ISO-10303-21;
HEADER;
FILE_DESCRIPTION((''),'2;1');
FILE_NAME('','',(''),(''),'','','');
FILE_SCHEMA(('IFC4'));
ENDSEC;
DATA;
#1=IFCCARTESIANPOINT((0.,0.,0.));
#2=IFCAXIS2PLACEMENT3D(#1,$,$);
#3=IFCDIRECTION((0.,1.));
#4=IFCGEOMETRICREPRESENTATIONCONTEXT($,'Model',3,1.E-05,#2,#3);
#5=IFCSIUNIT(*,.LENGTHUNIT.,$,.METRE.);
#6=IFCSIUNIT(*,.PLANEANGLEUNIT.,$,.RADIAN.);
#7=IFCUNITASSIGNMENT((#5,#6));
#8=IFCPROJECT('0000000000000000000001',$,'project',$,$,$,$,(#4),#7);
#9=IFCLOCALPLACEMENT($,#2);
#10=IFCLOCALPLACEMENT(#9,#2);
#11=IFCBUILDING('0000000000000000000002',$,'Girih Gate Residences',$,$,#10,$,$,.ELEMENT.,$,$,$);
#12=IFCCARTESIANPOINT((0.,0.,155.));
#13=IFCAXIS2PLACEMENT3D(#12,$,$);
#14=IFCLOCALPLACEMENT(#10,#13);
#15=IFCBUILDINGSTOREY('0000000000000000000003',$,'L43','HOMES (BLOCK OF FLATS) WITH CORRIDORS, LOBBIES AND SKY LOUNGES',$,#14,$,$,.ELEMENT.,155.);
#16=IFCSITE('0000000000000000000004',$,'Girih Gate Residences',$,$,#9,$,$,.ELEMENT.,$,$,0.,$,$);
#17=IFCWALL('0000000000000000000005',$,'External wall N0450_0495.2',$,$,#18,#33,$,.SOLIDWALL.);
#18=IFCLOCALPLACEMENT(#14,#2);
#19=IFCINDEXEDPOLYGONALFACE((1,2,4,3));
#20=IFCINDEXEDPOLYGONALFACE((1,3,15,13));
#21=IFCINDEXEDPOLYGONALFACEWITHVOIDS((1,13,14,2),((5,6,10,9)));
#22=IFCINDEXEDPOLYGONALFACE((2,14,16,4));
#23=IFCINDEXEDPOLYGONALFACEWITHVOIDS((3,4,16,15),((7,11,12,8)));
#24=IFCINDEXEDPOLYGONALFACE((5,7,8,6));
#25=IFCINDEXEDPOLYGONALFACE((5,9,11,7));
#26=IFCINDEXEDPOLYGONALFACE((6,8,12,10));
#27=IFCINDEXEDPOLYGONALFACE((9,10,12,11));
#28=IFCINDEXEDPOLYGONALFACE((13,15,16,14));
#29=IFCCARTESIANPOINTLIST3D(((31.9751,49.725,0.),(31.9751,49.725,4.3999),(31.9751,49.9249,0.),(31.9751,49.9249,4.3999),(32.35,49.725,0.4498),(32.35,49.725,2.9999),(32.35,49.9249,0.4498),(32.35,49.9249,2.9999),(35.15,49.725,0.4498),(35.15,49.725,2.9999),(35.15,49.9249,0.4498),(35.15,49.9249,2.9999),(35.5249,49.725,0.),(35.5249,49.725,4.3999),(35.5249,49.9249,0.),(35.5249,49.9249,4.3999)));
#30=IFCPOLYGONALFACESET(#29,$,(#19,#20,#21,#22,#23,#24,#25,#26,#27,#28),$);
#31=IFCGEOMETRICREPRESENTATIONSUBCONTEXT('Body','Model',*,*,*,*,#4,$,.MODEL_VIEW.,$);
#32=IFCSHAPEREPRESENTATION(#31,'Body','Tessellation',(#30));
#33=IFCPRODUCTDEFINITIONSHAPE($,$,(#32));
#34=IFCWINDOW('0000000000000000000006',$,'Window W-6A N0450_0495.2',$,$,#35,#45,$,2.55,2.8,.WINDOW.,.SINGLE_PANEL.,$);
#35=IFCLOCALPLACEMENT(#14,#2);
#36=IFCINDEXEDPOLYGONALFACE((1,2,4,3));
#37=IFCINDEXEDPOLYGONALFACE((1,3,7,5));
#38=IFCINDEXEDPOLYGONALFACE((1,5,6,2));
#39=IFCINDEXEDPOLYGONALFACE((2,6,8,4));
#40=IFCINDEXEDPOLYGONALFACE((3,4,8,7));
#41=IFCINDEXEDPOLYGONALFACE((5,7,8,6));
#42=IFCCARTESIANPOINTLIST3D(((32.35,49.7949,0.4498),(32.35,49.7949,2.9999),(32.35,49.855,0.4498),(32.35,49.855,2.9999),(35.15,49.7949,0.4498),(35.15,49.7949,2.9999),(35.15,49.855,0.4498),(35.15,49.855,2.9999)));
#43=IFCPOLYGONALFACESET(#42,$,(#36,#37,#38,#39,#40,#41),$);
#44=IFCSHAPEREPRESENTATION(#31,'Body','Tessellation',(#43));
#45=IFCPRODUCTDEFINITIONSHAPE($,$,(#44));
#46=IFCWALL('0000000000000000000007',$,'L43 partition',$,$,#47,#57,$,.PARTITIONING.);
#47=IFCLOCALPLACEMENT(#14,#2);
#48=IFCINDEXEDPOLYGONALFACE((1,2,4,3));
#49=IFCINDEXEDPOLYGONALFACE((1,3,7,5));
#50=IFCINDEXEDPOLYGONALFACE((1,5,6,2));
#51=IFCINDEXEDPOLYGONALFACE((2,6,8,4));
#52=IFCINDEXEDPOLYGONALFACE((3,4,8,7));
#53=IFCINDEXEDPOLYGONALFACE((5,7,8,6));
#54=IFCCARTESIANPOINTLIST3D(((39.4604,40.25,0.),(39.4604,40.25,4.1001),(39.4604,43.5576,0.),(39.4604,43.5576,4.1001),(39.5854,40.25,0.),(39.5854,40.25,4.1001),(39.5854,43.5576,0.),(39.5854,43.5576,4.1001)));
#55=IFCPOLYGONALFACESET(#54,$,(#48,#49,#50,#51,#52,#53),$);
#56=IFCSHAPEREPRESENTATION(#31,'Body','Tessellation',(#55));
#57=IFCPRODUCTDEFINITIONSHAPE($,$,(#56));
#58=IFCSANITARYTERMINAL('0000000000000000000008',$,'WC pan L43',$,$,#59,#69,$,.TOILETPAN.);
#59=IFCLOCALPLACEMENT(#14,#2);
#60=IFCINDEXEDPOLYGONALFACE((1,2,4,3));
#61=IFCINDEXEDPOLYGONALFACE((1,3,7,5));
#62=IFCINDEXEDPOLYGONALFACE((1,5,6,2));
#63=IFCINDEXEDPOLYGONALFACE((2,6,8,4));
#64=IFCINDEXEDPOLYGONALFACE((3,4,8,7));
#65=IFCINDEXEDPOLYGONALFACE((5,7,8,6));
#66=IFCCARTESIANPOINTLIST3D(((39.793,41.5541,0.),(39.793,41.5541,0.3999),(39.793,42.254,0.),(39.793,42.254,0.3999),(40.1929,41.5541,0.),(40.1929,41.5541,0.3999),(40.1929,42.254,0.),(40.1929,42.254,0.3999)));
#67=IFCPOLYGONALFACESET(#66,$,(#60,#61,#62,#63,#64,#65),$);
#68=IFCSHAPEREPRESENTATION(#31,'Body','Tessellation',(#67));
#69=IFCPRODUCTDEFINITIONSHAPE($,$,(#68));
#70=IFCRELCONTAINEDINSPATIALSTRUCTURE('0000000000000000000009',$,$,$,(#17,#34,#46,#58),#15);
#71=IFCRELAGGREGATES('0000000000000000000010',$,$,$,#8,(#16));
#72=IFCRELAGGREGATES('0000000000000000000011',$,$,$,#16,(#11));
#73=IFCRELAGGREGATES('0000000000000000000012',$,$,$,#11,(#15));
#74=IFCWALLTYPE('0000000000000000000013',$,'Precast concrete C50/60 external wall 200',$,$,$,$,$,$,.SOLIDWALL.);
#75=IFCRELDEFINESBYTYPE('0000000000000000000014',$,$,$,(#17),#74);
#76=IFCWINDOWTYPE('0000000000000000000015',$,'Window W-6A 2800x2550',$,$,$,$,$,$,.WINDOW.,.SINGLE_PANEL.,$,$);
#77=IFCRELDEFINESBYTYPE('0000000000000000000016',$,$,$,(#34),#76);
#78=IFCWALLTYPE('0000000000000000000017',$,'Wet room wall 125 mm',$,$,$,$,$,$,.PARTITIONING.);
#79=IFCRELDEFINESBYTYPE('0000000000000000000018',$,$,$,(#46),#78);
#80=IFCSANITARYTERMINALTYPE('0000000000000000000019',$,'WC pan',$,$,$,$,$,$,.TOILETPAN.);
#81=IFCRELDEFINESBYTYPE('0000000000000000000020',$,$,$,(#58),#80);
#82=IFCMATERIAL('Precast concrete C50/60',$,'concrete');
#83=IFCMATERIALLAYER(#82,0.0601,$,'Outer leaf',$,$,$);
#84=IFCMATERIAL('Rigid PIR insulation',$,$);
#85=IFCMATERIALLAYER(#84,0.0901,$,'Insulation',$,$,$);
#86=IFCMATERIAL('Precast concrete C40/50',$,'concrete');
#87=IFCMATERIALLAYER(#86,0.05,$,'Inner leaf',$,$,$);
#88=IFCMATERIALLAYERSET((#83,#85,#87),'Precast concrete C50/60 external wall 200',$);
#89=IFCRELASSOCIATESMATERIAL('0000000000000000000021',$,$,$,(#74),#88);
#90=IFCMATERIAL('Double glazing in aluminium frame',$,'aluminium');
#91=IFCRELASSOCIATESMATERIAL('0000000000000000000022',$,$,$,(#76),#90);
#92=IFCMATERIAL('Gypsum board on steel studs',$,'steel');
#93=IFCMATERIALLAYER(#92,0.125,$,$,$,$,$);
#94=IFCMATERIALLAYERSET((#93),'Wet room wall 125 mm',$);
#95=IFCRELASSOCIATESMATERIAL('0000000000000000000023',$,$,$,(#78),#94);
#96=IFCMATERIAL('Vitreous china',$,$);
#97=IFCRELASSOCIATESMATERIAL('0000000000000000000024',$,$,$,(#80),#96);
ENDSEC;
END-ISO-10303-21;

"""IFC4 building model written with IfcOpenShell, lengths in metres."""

from ifc_helpers import new_model, si_unit, direction, frame, frame_2d, origin, origin_2d, place, context, subcontext, project, spatial, rectangle, extrude, material, layer, layer_set, type_object, element, fill, save


model = new_model("IFC4")

# Units and contexts
model_context = context("Model", 3, precision=1e-05, world=origin(), true_north=direction((0.0, 1.0)))
body_context = subcontext(model_context, "Body", "Model", "MODEL_VIEW")
ifc_project = project(units=[si_unit("LENGTHUNIT", "METRE"), si_unit("PLANEANGLEUNIT", "RADIAN")], contexts=[model_context])

# Site, building, storey
site_placement = place(None, origin())
site = spatial("IfcSite", under=ifc_project, at=site_placement, Name="Girih Gate Residences", CompositionType="ELEMENT", RefElevation=0.0)
building_placement = place(site_placement, origin())
building = spatial("IfcBuilding", under=site, at=building_placement, Name="Girih Gate Residences", CompositionType="ELEMENT")
storey_placement = place(building_placement, frame((0.0, 0.0, 155.0)))
storey = spatial("IfcBuildingStorey", under=building, at=storey_placement, Name="L43", Description="HOMES (BLOCK OF FLATS) WITH CORRIDORS, LOBBIES AND SKY LOUNGES", CompositionType="ELEMENT", Elevation=155.0)

# Shared definitions
ifc_material_1 = material(Name="Gypsum board on steel studs", Category="steel")

# Wall, opening, window
ifc_material_2 = material(Name="Precast concrete C50/60", Category="concrete")
ifc_layer_1 = layer(ifc_material_2, 0.0601, Name="Outer leaf")
ifc_material_3 = material(Name="Rigid PIR insulation")
ifc_layer_2 = layer(ifc_material_3, 0.0901, Name="Insulation")
ifc_material_4 = material(Name="Precast concrete C40/50", Category="concrete")
ifc_layer_3 = layer(ifc_material_4, 0.05, Name="Inner leaf")
ifc_layer_set_1 = layer_set([ifc_layer_1, ifc_layer_2, ifc_layer_3], Name="Precast concrete C50/60 external wall 200")
wall_type_1 = type_object("IfcWallType", Name="Precast concrete C50/60 external wall 200", PredefinedType="SOLIDWALL", material=ifc_layer_set_1)
ifc_material_5 = material(Name="Double glazing in aluminium frame", Category="aluminium")
window_type = type_object("IfcWindowType", Name="Window W-6A 2800x2550", PartitioningType="SINGLE_PANEL", PredefinedType="WINDOW", material=ifc_material_5)
wall_1_placement = place(storey_placement, frame((31.9751, 49.825, 0.0), z_axis=(0.0, 0.0, 1.0), x_axis=(1.0, 0.0, 0.0)))
wall_1 = element("IfcWall", 1, at=wall_1_placement, inside=storey, type_object=wall_type_1, Name="External wall N0450_0495.2", PredefinedType="SOLIDWALL", context=body_context, shape_type="SweptSolid", body=[
    extrude(rectangle(XDim=3.5498, YDim=0.2, at=frame_2d((1.7749, 0.0))), origin(), (0.0, 0.0, 1.0), 4.3999),
])
opening_1_placement = place(wall_1_placement, frame((0.375, 0.0, 0.45)))
opening_1 = element("IfcOpeningElement", 2, at=opening_1_placement, cuts=wall_1, PredefinedType="OPENING", context=body_context, shape_type="SweptSolid", body=[
    extrude(rectangle(XDim=2.8, YDim=2.55, at=frame_2d((1.3999, 1.2749))), frame((0.0, 0.1099, 0.0), z_axis=(0.0, -1.0, 0.0), x_axis=(1.0, 0.0, 0.0)), (0.0, 0.0, 1.0), 0.22),
])
window_1_placement = place(opening_1_placement, origin())
window_1 = element("IfcWindow", 3, at=window_1_placement, inside=storey, type_object=window_type, Name="Window W-6A N0450_0495.2", OverallHeight=2.55, OverallWidth=2.8, PartitioningType="SINGLE_PANEL", PredefinedType="WINDOW", context=body_context, shape_type="SweptSolid", body=[
    extrude(rectangle(XDim=2.8, YDim=2.55, at=frame_2d((1.3999, 1.2749))), frame((0.0, 0.03, 0.0), z_axis=(0.0, -1.0, 0.0), x_axis=(1.0, 0.0, 0.0)), (0.0, 0.0, 1.0), 0.0601),
])
fill(opening_1, window_1)

# Wall
ifc_layer_4 = layer(ifc_material_1, 0.125)
ifc_layer_set_2 = layer_set([ifc_layer_4], Name="Wet room wall 125 mm")
wall_type_2 = type_object("IfcWallType", Name="Wet room wall 125 mm", PredefinedType="PARTITIONING", material=ifc_layer_set_2)
wall_2_placement = place(storey_placement, frame((39.5229, 40.25, 0.0), z_axis=(0.0, 0.0, 1.0), x_axis=(0.0, 1.0, 0.0)))
element("IfcWall", 4, at=wall_2_placement, inside=storey, type_object=wall_type_2, Name="L43 partition", PredefinedType="PARTITIONING", context=body_context, shape_type="SweptSolid", body=[
    extrude(rectangle(XDim=3.3076, YDim=0.125, at=frame_2d((1.6538, 0.0))), origin(), (0.0, 0.0, 1.0), 4.1001),
])

# Sanitary terminal
ifc_material_6 = material(Name="Vitreous china")
sanitary_terminal_type = type_object("IfcSanitaryTerminalType", Name="WC pan", PredefinedType="TOILETPAN", material=ifc_material_6)
sanitary_terminal_placement = place(storey_placement, frame((39.9929, 41.9041, 0.0), z_axis=(0.0, 0.0, 1.0), x_axis=(1.0, 0.0, 0.0)))
element("IfcSanitaryTerminal", 5, at=sanitary_terminal_placement, inside=storey, type_object=sanitary_terminal_type, Name="WC pan L43", PredefinedType="TOILETPAN", context=body_context, shape_type="SweptSolid", body=[
    extrude(rectangle(XDim=0.3999, YDim=0.7, at=origin_2d()), origin(), (0.0, 0.0, 1.0), 0.3999),
])

save(model, "model.ifc")
